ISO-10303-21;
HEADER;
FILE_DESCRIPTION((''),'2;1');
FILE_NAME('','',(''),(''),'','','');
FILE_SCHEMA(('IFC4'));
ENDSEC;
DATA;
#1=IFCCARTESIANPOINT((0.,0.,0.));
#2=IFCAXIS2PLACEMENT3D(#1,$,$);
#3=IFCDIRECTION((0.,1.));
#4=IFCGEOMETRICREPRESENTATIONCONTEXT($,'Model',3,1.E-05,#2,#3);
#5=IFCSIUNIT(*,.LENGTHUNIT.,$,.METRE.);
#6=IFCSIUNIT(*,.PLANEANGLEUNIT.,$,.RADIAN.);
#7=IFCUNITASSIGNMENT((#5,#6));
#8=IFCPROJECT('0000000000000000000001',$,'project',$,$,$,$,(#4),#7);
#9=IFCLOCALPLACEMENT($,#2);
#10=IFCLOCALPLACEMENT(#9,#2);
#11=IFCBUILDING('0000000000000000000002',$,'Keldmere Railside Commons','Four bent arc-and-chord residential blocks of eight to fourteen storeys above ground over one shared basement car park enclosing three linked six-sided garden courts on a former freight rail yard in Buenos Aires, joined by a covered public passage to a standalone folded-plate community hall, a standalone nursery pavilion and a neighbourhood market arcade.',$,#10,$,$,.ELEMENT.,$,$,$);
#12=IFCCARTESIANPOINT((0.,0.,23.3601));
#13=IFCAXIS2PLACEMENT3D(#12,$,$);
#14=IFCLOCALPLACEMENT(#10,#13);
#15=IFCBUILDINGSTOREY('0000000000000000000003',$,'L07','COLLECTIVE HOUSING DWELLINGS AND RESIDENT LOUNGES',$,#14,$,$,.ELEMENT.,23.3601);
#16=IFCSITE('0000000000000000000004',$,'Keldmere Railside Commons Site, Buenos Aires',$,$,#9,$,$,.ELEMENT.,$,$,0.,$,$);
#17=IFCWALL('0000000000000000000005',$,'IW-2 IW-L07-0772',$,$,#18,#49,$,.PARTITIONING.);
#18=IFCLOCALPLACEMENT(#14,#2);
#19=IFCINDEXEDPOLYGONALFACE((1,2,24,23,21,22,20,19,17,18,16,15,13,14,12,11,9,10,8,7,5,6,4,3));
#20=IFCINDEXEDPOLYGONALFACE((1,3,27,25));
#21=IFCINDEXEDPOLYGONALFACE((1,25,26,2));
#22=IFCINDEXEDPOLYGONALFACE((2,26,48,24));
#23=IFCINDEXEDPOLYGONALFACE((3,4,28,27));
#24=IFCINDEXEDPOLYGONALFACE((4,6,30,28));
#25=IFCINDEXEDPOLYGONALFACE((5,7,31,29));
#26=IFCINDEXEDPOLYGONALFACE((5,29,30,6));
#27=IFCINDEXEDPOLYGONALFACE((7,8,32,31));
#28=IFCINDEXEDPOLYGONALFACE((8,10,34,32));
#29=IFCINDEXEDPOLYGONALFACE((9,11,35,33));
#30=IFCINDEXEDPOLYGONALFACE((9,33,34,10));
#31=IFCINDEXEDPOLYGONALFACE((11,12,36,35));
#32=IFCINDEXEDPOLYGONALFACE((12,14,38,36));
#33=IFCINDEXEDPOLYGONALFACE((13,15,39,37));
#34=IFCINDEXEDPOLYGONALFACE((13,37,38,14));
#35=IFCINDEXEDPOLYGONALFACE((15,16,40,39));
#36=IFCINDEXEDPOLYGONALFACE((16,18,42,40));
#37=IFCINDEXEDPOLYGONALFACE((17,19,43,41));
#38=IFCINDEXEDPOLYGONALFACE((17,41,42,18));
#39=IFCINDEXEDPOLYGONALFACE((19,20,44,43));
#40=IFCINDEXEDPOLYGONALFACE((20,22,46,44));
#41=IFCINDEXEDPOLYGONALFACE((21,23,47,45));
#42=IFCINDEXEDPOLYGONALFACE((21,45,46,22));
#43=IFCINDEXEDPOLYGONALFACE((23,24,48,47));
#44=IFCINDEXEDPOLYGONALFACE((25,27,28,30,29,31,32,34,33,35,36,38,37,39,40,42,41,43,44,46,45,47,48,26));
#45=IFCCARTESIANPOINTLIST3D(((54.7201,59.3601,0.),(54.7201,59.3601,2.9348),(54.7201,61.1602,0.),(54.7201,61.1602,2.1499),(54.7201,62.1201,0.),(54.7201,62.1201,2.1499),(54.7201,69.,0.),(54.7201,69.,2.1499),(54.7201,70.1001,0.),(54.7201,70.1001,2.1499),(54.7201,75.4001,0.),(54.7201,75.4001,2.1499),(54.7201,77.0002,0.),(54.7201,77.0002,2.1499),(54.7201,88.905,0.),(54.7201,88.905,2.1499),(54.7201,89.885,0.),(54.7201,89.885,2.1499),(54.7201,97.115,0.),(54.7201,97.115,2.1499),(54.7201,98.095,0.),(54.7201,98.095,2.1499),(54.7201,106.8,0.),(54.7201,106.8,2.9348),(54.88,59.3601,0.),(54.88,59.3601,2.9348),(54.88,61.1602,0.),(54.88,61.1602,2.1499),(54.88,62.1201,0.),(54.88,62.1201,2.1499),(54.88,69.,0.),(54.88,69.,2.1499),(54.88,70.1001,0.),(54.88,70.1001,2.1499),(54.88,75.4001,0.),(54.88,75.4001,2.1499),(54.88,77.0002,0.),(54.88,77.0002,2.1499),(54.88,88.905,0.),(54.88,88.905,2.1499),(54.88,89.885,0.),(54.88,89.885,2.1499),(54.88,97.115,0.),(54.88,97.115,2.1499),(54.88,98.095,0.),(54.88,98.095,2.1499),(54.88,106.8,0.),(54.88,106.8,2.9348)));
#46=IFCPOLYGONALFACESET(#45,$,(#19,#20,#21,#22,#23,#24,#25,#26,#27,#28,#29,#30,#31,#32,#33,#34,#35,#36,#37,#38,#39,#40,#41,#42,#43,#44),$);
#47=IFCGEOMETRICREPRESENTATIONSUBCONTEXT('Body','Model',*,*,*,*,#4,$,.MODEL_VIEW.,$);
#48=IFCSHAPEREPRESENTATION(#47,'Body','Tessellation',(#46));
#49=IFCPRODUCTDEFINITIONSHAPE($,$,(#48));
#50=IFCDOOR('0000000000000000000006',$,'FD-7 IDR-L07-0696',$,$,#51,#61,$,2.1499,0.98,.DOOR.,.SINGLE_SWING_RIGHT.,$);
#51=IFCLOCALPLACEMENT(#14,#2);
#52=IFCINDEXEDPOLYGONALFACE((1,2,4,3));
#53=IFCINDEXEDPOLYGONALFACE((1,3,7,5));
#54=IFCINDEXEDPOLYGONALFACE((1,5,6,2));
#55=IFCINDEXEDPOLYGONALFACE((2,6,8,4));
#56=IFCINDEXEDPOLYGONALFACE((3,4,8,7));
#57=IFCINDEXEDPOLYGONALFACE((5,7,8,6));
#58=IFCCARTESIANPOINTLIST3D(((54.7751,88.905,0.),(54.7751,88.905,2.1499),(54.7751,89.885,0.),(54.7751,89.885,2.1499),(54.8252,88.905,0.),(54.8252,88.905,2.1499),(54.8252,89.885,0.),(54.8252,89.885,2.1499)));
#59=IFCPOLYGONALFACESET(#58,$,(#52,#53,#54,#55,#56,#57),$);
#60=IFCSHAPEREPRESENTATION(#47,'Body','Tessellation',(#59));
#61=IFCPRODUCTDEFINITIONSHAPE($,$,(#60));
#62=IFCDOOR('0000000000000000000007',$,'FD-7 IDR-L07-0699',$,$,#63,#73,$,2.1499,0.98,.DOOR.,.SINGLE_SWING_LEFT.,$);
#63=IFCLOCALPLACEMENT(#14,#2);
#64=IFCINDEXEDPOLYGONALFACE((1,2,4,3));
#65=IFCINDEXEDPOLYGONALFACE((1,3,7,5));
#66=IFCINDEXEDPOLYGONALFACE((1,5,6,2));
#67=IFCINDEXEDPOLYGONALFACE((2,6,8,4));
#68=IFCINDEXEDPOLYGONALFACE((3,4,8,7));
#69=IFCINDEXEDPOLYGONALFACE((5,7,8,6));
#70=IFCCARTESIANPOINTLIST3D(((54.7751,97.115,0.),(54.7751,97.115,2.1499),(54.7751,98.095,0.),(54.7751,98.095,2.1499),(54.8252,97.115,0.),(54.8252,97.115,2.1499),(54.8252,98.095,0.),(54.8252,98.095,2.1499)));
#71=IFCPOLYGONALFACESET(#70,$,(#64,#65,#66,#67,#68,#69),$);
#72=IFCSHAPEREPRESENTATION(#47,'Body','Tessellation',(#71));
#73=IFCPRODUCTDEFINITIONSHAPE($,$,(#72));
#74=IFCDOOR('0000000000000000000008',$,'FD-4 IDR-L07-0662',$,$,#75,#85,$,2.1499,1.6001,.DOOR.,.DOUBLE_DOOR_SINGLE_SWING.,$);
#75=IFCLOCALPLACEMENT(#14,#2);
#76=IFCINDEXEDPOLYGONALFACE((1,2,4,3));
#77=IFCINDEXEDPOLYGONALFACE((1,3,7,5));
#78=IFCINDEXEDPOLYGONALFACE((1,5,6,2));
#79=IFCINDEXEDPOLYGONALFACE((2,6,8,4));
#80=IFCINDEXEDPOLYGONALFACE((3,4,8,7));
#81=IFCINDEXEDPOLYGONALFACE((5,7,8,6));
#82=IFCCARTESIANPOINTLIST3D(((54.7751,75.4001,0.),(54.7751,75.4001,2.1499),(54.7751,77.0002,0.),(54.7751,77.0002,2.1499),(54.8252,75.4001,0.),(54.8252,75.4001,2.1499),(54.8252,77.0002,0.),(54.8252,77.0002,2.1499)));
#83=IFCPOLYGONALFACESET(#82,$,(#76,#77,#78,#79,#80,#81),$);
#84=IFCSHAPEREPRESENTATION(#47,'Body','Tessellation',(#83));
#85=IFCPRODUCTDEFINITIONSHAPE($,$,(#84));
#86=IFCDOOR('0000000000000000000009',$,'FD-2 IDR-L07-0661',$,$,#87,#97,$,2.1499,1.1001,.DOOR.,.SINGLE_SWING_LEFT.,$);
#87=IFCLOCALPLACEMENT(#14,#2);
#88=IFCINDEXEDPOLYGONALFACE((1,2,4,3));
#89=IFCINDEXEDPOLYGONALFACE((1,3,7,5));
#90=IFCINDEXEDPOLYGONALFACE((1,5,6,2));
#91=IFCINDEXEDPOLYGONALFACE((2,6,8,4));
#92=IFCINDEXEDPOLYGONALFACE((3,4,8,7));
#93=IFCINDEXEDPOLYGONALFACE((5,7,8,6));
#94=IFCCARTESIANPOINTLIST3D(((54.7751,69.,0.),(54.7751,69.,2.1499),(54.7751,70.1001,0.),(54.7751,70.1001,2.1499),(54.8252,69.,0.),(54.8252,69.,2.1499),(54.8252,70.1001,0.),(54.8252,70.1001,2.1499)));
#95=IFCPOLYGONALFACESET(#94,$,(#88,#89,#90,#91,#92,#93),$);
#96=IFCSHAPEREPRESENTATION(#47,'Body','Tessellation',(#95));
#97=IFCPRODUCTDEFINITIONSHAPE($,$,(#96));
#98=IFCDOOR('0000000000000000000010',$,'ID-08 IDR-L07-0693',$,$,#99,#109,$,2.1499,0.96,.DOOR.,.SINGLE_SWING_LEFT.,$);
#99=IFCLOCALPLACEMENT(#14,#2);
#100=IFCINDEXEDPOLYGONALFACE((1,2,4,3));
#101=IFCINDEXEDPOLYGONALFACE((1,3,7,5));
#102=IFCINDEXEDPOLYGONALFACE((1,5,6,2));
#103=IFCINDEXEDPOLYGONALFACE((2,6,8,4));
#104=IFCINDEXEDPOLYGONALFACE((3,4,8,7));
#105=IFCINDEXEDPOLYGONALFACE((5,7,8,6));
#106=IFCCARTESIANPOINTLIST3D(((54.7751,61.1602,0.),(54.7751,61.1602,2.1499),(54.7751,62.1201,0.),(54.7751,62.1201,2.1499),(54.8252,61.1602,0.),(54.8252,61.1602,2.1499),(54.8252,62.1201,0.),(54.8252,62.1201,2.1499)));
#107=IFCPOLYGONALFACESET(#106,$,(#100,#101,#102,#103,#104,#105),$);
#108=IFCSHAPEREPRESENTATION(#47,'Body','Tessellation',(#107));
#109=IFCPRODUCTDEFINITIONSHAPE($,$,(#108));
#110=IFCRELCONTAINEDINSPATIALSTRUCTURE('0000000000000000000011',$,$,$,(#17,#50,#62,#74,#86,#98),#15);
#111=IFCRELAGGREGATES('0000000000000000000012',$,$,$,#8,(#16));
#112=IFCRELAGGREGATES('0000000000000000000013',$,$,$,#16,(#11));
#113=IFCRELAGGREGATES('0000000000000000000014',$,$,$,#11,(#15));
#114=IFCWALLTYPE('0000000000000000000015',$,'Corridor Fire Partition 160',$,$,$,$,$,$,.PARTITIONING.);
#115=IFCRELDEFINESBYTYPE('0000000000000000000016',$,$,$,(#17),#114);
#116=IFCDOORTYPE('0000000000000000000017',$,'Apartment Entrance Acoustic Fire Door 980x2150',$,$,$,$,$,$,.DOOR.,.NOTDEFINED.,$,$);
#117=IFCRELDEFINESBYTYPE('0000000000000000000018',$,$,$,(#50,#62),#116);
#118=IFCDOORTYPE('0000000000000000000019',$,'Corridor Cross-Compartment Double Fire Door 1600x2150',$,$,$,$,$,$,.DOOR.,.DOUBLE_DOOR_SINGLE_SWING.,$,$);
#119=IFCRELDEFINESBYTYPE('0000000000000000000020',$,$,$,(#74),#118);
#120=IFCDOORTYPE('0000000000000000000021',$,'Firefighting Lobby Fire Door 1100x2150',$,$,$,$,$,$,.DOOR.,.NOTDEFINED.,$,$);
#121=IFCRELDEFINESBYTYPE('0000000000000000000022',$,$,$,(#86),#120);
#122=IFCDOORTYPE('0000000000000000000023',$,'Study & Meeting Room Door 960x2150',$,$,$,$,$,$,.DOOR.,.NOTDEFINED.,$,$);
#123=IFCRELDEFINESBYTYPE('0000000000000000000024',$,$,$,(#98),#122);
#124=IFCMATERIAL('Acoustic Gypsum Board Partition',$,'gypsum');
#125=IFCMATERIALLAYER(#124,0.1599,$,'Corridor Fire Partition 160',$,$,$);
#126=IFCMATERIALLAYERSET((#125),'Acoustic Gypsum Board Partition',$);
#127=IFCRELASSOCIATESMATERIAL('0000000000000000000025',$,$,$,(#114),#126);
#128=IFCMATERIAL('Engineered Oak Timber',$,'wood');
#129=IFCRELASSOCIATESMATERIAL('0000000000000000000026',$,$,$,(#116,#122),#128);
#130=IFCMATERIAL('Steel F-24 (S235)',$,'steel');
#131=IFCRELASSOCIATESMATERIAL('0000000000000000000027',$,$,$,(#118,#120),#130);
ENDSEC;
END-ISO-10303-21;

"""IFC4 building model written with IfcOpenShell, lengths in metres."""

from ifc_helpers import new_model, si_unit, direction, frame, frame_2d, origin, place, context, subcontext, project, spatial, rectangle, extrude, material, layer, layer_set, type_object, element, fill, save


model = new_model("IFC4")

# Units and contexts
model_context = context("Model", 3, precision=1e-05, world=origin(), true_north=direction((0.0, 1.0)))
body_context = subcontext(model_context, "Body", "Model", "MODEL_VIEW")
ifc_project = project(units=[si_unit("LENGTHUNIT", "METRE"), si_unit("PLANEANGLEUNIT", "RADIAN")], contexts=[model_context])

# Site, building, storey
site_placement = place(None, origin())
site = spatial("IfcSite", under=ifc_project, at=site_placement, Name="Keldmere Railside Commons Site, Buenos Aires", CompositionType="ELEMENT", RefElevation=0.0)
building_placement = place(site_placement, origin())
building = spatial("IfcBuilding", under=site, at=building_placement, Name="Keldmere Railside Commons", Description="Four bent arc-and-chord residential blocks of eight to fourteen storeys above ground over one shared basement car park enclosing three linked six-sided garden courts on a former freight rail yard in Buenos Aires, joined by a covered public passage to a standalone folded-plate community hall, a standalone nursery pavilion and a neighbourhood market arcade.", CompositionType="ELEMENT")
storey_placement = place(building_placement, frame((0.0, 0.0, 23.3601)))
storey = spatial("IfcBuildingStorey", under=building, at=storey_placement, Name="L07", Description="COLLECTIVE HOUSING DWELLINGS AND RESIDENT LOUNGES", CompositionType="ELEMENT", Elevation=23.3601)

# Wall, openings, doors
ifc_material_1 = material(Name="Acoustic Gypsum Board Partition", Category="gypsum")
ifc_material_2 = material(Name="Engineered Oak Timber", Category="wood")
ifc_layer_1 = layer(ifc_material_1, 0.1599, Name="Corridor Fire Partition 160")
ifc_layer_set_1 = layer_set([ifc_layer_1], Name="Acoustic Gypsum Board Partition")
wall_type_1 = type_object("IfcWallType", Name="Corridor Fire Partition 160", PredefinedType="PARTITIONING", material=ifc_layer_set_1)
wall_1_placement = place(storey_placement, frame((54.8, 59.3601, 0.0), z_axis=(0.0, 0.0, 1.0), x_axis=(0.0, 1.0, 0.0)))
wall_1 = element("IfcWall", 1, at=wall_1_placement, inside=storey, type_object=wall_type_1, Name="IW-2 IW-L07-0772", PredefinedType="PARTITIONING", context=body_context, shape_type="SweptSolid", body=[
    extrude(rectangle(XDim=47.4399, YDim=0.1599, at=frame_2d((23.72, 0.0))), origin(), (0.0, 0.0, 1.0), 2.9348),
])
opening_1_placement = place(wall_1_placement, frame((9.6399, 0.0, 0.0)))
opening_1 = element("IfcOpeningElement", 2, at=opening_1_placement, cuts=wall_1, PredefinedType="OPENING", context=body_context, shape_type="SweptSolid", body=[
    extrude(rectangle(XDim=1.1001, YDim=2.1499, at=frame_2d((0.55, 1.075))), frame((0.0, 0.0898, 0.0), z_axis=(0.0, -1.0, 0.0), x_axis=(1.0, 0.0, 0.0)), (0.0, 0.0, 1.0), 0.1799),
])
opening_2_placement = place(wall_1_placement, frame((16.04, 0.0, 0.0)))
opening_2 = element("IfcOpeningElement", 3, at=opening_2_placement, cuts=wall_1, PredefinedType="OPENING", context=body_context, shape_type="SweptSolid", body=[
    extrude(rectangle(XDim=1.6001, YDim=2.1499, at=frame_2d((0.8, 1.075))), frame((0.0, 0.0898, 0.0), z_axis=(0.0, -1.0, 0.0), x_axis=(1.0, 0.0, 0.0)), (0.0, 0.0, 1.0), 0.1799),
])
opening_3_placement = place(wall_1_placement, frame((1.8, 0.0, 0.0)))
opening_3 = element("IfcOpeningElement", 4, at=opening_3_placement, cuts=wall_1, PredefinedType="OPENING", context=body_context, shape_type="SweptSolid", body=[
    extrude(rectangle(XDim=0.96, YDim=2.1499, at=frame_2d((0.48, 1.075))), frame((0.0, 0.0898, 0.0), z_axis=(0.0, -1.0, 0.0), x_axis=(1.0, 0.0, 0.0)), (0.0, 0.0, 1.0), 0.1799),
])
opening_4_placement = place(wall_1_placement, frame((29.5449, 0.0, 0.0)))
opening_4 = element("IfcOpeningElement", 5, at=opening_4_placement, cuts=wall_1, PredefinedType="OPENING", context=body_context, shape_type="SweptSolid", body=[
    extrude(rectangle(XDim=0.98, YDim=2.1499, at=frame_2d((0.49, 1.075))), frame((0.0, 0.0898, 0.0), z_axis=(0.0, -1.0, 0.0), x_axis=(1.0, 0.0, 0.0)), (0.0, 0.0, 1.0), 0.1799),
])
opening_5_placement = place(wall_1_placement, frame((37.7549, 0.0, 0.0)))
opening_5 = element("IfcOpeningElement", 6, at=opening_5_placement, cuts=wall_1, PredefinedType="OPENING", context=body_context, shape_type="SweptSolid", body=[
    extrude(rectangle(XDim=0.98, YDim=2.1499, at=frame_2d((0.49, 1.075))), frame((0.0, 0.0898, 0.0), z_axis=(0.0, -1.0, 0.0), x_axis=(1.0, 0.0, 0.0)), (0.0, 0.0, 1.0), 0.1799),
])
door_type_1 = type_object("IfcDoorType", Name="Apartment Entrance Acoustic Fire Door 980x2150", OperationType="NOTDEFINED", PredefinedType="DOOR", material=ifc_material_2)
door_1_placement = place(opening_4_placement, origin())
door_1 = element("IfcDoor", 7, at=door_1_placement, inside=storey, type_object=door_type_1, Name="FD-7 IDR-L07-0696", OperationType="SINGLE_SWING_RIGHT", OverallHeight=2.1499, OverallWidth=0.98, PredefinedType="DOOR", context=body_context, shape_type="SweptSolid", body=[
    extrude(rectangle(XDim=0.98, YDim=2.1499, at=frame_2d((0.49, 1.075))), frame((0.0, 0.0249, 0.0), z_axis=(0.0, -1.0, 0.0), x_axis=(1.0, 0.0, 0.0)), (0.0, 0.0, 1.0), 0.05),
])
fill(opening_4, door_1)
door_2_placement = place(opening_5_placement, origin())
door_2 = element("IfcDoor", 8, at=door_2_placement, inside=storey, type_object=door_type_1, Name="FD-7 IDR-L07-0699", OperationType="SINGLE_SWING_LEFT", OverallHeight=2.1499, OverallWidth=0.98, PredefinedType="DOOR", context=body_context, shape_type="SweptSolid", body=[
    extrude(rectangle(XDim=0.98, YDim=2.1499, at=frame_2d((0.49, 1.075))), frame((0.0, 0.0249, 0.0), z_axis=(0.0, -1.0, 0.0), x_axis=(1.0, 0.0, 0.0)), (0.0, 0.0, 1.0), 0.05),
])
fill(opening_5, door_2)
ifc_material_3 = material(Name="Steel F-24 (S235)", Category="steel")
door_type_2 = type_object("IfcDoorType", Name="Corridor Cross-Compartment Double Fire Door 1600x2150", OperationType="DOUBLE_DOOR_SINGLE_SWING", PredefinedType="DOOR", material=ifc_material_3)
door_3_placement = place(opening_2_placement, origin())
door_3 = element("IfcDoor", 9, at=door_3_placement, inside=storey, type_object=door_type_2, Name="FD-4 IDR-L07-0662", OperationType="DOUBLE_DOOR_SINGLE_SWING", OverallHeight=2.1499, OverallWidth=1.6001, PredefinedType="DOOR", context=body_context, shape_type="SweptSolid", body=[
    extrude(rectangle(XDim=1.6001, YDim=2.1499, at=frame_2d((0.8, 1.075))), frame((0.0, 0.0249, 0.0), z_axis=(0.0, -1.0, 0.0), x_axis=(1.0, 0.0, 0.0)), (0.0, 0.0, 1.0), 0.05),
])
fill(opening_2, door_3)
door_type_3 = type_object("IfcDoorType", Name="Firefighting Lobby Fire Door 1100x2150", OperationType="NOTDEFINED", PredefinedType="DOOR", material=ifc_material_3)
door_4_placement = place(opening_1_placement, origin())
door_4 = element("IfcDoor", 10, at=door_4_placement, inside=storey, type_object=door_type_3, Name="FD-2 IDR-L07-0661", OperationType="SINGLE_SWING_LEFT", OverallHeight=2.1499, OverallWidth=1.1001, PredefinedType="DOOR", context=body_context, shape_type="SweptSolid", body=[
    extrude(rectangle(XDim=1.1001, YDim=2.1499, at=frame_2d((0.55, 1.075))), frame((0.0, 0.0249, 0.0), z_axis=(0.0, -1.0, 0.0), x_axis=(1.0, 0.0, 0.0)), (0.0, 0.0, 1.0), 0.05),
])
fill(opening_1, door_4)
door_type_4 = type_object("IfcDoorType", Name="Study & Meeting Room Door 960x2150", OperationType="NOTDEFINED", PredefinedType="DOOR", material=ifc_material_2)
door_5_placement = place(opening_3_placement, origin())
door_5 = element("IfcDoor", 11, at=door_5_placement, inside=storey, type_object=door_type_4, Name="ID-08 IDR-L07-0693", OperationType="SINGLE_SWING_LEFT", OverallHeight=2.1499, OverallWidth=0.96, PredefinedType="DOOR", context=body_context, shape_type="SweptSolid", body=[
    extrude(rectangle(XDim=0.96, YDim=2.1499, at=frame_2d((0.48, 1.075))), frame((0.0, 0.0249, 0.0), z_axis=(0.0, -1.0, 0.0), x_axis=(1.0, 0.0, 0.0)), (0.0, 0.0, 1.0), 0.05),
])
fill(opening_3, door_5)

save(model, "model.ifc")
